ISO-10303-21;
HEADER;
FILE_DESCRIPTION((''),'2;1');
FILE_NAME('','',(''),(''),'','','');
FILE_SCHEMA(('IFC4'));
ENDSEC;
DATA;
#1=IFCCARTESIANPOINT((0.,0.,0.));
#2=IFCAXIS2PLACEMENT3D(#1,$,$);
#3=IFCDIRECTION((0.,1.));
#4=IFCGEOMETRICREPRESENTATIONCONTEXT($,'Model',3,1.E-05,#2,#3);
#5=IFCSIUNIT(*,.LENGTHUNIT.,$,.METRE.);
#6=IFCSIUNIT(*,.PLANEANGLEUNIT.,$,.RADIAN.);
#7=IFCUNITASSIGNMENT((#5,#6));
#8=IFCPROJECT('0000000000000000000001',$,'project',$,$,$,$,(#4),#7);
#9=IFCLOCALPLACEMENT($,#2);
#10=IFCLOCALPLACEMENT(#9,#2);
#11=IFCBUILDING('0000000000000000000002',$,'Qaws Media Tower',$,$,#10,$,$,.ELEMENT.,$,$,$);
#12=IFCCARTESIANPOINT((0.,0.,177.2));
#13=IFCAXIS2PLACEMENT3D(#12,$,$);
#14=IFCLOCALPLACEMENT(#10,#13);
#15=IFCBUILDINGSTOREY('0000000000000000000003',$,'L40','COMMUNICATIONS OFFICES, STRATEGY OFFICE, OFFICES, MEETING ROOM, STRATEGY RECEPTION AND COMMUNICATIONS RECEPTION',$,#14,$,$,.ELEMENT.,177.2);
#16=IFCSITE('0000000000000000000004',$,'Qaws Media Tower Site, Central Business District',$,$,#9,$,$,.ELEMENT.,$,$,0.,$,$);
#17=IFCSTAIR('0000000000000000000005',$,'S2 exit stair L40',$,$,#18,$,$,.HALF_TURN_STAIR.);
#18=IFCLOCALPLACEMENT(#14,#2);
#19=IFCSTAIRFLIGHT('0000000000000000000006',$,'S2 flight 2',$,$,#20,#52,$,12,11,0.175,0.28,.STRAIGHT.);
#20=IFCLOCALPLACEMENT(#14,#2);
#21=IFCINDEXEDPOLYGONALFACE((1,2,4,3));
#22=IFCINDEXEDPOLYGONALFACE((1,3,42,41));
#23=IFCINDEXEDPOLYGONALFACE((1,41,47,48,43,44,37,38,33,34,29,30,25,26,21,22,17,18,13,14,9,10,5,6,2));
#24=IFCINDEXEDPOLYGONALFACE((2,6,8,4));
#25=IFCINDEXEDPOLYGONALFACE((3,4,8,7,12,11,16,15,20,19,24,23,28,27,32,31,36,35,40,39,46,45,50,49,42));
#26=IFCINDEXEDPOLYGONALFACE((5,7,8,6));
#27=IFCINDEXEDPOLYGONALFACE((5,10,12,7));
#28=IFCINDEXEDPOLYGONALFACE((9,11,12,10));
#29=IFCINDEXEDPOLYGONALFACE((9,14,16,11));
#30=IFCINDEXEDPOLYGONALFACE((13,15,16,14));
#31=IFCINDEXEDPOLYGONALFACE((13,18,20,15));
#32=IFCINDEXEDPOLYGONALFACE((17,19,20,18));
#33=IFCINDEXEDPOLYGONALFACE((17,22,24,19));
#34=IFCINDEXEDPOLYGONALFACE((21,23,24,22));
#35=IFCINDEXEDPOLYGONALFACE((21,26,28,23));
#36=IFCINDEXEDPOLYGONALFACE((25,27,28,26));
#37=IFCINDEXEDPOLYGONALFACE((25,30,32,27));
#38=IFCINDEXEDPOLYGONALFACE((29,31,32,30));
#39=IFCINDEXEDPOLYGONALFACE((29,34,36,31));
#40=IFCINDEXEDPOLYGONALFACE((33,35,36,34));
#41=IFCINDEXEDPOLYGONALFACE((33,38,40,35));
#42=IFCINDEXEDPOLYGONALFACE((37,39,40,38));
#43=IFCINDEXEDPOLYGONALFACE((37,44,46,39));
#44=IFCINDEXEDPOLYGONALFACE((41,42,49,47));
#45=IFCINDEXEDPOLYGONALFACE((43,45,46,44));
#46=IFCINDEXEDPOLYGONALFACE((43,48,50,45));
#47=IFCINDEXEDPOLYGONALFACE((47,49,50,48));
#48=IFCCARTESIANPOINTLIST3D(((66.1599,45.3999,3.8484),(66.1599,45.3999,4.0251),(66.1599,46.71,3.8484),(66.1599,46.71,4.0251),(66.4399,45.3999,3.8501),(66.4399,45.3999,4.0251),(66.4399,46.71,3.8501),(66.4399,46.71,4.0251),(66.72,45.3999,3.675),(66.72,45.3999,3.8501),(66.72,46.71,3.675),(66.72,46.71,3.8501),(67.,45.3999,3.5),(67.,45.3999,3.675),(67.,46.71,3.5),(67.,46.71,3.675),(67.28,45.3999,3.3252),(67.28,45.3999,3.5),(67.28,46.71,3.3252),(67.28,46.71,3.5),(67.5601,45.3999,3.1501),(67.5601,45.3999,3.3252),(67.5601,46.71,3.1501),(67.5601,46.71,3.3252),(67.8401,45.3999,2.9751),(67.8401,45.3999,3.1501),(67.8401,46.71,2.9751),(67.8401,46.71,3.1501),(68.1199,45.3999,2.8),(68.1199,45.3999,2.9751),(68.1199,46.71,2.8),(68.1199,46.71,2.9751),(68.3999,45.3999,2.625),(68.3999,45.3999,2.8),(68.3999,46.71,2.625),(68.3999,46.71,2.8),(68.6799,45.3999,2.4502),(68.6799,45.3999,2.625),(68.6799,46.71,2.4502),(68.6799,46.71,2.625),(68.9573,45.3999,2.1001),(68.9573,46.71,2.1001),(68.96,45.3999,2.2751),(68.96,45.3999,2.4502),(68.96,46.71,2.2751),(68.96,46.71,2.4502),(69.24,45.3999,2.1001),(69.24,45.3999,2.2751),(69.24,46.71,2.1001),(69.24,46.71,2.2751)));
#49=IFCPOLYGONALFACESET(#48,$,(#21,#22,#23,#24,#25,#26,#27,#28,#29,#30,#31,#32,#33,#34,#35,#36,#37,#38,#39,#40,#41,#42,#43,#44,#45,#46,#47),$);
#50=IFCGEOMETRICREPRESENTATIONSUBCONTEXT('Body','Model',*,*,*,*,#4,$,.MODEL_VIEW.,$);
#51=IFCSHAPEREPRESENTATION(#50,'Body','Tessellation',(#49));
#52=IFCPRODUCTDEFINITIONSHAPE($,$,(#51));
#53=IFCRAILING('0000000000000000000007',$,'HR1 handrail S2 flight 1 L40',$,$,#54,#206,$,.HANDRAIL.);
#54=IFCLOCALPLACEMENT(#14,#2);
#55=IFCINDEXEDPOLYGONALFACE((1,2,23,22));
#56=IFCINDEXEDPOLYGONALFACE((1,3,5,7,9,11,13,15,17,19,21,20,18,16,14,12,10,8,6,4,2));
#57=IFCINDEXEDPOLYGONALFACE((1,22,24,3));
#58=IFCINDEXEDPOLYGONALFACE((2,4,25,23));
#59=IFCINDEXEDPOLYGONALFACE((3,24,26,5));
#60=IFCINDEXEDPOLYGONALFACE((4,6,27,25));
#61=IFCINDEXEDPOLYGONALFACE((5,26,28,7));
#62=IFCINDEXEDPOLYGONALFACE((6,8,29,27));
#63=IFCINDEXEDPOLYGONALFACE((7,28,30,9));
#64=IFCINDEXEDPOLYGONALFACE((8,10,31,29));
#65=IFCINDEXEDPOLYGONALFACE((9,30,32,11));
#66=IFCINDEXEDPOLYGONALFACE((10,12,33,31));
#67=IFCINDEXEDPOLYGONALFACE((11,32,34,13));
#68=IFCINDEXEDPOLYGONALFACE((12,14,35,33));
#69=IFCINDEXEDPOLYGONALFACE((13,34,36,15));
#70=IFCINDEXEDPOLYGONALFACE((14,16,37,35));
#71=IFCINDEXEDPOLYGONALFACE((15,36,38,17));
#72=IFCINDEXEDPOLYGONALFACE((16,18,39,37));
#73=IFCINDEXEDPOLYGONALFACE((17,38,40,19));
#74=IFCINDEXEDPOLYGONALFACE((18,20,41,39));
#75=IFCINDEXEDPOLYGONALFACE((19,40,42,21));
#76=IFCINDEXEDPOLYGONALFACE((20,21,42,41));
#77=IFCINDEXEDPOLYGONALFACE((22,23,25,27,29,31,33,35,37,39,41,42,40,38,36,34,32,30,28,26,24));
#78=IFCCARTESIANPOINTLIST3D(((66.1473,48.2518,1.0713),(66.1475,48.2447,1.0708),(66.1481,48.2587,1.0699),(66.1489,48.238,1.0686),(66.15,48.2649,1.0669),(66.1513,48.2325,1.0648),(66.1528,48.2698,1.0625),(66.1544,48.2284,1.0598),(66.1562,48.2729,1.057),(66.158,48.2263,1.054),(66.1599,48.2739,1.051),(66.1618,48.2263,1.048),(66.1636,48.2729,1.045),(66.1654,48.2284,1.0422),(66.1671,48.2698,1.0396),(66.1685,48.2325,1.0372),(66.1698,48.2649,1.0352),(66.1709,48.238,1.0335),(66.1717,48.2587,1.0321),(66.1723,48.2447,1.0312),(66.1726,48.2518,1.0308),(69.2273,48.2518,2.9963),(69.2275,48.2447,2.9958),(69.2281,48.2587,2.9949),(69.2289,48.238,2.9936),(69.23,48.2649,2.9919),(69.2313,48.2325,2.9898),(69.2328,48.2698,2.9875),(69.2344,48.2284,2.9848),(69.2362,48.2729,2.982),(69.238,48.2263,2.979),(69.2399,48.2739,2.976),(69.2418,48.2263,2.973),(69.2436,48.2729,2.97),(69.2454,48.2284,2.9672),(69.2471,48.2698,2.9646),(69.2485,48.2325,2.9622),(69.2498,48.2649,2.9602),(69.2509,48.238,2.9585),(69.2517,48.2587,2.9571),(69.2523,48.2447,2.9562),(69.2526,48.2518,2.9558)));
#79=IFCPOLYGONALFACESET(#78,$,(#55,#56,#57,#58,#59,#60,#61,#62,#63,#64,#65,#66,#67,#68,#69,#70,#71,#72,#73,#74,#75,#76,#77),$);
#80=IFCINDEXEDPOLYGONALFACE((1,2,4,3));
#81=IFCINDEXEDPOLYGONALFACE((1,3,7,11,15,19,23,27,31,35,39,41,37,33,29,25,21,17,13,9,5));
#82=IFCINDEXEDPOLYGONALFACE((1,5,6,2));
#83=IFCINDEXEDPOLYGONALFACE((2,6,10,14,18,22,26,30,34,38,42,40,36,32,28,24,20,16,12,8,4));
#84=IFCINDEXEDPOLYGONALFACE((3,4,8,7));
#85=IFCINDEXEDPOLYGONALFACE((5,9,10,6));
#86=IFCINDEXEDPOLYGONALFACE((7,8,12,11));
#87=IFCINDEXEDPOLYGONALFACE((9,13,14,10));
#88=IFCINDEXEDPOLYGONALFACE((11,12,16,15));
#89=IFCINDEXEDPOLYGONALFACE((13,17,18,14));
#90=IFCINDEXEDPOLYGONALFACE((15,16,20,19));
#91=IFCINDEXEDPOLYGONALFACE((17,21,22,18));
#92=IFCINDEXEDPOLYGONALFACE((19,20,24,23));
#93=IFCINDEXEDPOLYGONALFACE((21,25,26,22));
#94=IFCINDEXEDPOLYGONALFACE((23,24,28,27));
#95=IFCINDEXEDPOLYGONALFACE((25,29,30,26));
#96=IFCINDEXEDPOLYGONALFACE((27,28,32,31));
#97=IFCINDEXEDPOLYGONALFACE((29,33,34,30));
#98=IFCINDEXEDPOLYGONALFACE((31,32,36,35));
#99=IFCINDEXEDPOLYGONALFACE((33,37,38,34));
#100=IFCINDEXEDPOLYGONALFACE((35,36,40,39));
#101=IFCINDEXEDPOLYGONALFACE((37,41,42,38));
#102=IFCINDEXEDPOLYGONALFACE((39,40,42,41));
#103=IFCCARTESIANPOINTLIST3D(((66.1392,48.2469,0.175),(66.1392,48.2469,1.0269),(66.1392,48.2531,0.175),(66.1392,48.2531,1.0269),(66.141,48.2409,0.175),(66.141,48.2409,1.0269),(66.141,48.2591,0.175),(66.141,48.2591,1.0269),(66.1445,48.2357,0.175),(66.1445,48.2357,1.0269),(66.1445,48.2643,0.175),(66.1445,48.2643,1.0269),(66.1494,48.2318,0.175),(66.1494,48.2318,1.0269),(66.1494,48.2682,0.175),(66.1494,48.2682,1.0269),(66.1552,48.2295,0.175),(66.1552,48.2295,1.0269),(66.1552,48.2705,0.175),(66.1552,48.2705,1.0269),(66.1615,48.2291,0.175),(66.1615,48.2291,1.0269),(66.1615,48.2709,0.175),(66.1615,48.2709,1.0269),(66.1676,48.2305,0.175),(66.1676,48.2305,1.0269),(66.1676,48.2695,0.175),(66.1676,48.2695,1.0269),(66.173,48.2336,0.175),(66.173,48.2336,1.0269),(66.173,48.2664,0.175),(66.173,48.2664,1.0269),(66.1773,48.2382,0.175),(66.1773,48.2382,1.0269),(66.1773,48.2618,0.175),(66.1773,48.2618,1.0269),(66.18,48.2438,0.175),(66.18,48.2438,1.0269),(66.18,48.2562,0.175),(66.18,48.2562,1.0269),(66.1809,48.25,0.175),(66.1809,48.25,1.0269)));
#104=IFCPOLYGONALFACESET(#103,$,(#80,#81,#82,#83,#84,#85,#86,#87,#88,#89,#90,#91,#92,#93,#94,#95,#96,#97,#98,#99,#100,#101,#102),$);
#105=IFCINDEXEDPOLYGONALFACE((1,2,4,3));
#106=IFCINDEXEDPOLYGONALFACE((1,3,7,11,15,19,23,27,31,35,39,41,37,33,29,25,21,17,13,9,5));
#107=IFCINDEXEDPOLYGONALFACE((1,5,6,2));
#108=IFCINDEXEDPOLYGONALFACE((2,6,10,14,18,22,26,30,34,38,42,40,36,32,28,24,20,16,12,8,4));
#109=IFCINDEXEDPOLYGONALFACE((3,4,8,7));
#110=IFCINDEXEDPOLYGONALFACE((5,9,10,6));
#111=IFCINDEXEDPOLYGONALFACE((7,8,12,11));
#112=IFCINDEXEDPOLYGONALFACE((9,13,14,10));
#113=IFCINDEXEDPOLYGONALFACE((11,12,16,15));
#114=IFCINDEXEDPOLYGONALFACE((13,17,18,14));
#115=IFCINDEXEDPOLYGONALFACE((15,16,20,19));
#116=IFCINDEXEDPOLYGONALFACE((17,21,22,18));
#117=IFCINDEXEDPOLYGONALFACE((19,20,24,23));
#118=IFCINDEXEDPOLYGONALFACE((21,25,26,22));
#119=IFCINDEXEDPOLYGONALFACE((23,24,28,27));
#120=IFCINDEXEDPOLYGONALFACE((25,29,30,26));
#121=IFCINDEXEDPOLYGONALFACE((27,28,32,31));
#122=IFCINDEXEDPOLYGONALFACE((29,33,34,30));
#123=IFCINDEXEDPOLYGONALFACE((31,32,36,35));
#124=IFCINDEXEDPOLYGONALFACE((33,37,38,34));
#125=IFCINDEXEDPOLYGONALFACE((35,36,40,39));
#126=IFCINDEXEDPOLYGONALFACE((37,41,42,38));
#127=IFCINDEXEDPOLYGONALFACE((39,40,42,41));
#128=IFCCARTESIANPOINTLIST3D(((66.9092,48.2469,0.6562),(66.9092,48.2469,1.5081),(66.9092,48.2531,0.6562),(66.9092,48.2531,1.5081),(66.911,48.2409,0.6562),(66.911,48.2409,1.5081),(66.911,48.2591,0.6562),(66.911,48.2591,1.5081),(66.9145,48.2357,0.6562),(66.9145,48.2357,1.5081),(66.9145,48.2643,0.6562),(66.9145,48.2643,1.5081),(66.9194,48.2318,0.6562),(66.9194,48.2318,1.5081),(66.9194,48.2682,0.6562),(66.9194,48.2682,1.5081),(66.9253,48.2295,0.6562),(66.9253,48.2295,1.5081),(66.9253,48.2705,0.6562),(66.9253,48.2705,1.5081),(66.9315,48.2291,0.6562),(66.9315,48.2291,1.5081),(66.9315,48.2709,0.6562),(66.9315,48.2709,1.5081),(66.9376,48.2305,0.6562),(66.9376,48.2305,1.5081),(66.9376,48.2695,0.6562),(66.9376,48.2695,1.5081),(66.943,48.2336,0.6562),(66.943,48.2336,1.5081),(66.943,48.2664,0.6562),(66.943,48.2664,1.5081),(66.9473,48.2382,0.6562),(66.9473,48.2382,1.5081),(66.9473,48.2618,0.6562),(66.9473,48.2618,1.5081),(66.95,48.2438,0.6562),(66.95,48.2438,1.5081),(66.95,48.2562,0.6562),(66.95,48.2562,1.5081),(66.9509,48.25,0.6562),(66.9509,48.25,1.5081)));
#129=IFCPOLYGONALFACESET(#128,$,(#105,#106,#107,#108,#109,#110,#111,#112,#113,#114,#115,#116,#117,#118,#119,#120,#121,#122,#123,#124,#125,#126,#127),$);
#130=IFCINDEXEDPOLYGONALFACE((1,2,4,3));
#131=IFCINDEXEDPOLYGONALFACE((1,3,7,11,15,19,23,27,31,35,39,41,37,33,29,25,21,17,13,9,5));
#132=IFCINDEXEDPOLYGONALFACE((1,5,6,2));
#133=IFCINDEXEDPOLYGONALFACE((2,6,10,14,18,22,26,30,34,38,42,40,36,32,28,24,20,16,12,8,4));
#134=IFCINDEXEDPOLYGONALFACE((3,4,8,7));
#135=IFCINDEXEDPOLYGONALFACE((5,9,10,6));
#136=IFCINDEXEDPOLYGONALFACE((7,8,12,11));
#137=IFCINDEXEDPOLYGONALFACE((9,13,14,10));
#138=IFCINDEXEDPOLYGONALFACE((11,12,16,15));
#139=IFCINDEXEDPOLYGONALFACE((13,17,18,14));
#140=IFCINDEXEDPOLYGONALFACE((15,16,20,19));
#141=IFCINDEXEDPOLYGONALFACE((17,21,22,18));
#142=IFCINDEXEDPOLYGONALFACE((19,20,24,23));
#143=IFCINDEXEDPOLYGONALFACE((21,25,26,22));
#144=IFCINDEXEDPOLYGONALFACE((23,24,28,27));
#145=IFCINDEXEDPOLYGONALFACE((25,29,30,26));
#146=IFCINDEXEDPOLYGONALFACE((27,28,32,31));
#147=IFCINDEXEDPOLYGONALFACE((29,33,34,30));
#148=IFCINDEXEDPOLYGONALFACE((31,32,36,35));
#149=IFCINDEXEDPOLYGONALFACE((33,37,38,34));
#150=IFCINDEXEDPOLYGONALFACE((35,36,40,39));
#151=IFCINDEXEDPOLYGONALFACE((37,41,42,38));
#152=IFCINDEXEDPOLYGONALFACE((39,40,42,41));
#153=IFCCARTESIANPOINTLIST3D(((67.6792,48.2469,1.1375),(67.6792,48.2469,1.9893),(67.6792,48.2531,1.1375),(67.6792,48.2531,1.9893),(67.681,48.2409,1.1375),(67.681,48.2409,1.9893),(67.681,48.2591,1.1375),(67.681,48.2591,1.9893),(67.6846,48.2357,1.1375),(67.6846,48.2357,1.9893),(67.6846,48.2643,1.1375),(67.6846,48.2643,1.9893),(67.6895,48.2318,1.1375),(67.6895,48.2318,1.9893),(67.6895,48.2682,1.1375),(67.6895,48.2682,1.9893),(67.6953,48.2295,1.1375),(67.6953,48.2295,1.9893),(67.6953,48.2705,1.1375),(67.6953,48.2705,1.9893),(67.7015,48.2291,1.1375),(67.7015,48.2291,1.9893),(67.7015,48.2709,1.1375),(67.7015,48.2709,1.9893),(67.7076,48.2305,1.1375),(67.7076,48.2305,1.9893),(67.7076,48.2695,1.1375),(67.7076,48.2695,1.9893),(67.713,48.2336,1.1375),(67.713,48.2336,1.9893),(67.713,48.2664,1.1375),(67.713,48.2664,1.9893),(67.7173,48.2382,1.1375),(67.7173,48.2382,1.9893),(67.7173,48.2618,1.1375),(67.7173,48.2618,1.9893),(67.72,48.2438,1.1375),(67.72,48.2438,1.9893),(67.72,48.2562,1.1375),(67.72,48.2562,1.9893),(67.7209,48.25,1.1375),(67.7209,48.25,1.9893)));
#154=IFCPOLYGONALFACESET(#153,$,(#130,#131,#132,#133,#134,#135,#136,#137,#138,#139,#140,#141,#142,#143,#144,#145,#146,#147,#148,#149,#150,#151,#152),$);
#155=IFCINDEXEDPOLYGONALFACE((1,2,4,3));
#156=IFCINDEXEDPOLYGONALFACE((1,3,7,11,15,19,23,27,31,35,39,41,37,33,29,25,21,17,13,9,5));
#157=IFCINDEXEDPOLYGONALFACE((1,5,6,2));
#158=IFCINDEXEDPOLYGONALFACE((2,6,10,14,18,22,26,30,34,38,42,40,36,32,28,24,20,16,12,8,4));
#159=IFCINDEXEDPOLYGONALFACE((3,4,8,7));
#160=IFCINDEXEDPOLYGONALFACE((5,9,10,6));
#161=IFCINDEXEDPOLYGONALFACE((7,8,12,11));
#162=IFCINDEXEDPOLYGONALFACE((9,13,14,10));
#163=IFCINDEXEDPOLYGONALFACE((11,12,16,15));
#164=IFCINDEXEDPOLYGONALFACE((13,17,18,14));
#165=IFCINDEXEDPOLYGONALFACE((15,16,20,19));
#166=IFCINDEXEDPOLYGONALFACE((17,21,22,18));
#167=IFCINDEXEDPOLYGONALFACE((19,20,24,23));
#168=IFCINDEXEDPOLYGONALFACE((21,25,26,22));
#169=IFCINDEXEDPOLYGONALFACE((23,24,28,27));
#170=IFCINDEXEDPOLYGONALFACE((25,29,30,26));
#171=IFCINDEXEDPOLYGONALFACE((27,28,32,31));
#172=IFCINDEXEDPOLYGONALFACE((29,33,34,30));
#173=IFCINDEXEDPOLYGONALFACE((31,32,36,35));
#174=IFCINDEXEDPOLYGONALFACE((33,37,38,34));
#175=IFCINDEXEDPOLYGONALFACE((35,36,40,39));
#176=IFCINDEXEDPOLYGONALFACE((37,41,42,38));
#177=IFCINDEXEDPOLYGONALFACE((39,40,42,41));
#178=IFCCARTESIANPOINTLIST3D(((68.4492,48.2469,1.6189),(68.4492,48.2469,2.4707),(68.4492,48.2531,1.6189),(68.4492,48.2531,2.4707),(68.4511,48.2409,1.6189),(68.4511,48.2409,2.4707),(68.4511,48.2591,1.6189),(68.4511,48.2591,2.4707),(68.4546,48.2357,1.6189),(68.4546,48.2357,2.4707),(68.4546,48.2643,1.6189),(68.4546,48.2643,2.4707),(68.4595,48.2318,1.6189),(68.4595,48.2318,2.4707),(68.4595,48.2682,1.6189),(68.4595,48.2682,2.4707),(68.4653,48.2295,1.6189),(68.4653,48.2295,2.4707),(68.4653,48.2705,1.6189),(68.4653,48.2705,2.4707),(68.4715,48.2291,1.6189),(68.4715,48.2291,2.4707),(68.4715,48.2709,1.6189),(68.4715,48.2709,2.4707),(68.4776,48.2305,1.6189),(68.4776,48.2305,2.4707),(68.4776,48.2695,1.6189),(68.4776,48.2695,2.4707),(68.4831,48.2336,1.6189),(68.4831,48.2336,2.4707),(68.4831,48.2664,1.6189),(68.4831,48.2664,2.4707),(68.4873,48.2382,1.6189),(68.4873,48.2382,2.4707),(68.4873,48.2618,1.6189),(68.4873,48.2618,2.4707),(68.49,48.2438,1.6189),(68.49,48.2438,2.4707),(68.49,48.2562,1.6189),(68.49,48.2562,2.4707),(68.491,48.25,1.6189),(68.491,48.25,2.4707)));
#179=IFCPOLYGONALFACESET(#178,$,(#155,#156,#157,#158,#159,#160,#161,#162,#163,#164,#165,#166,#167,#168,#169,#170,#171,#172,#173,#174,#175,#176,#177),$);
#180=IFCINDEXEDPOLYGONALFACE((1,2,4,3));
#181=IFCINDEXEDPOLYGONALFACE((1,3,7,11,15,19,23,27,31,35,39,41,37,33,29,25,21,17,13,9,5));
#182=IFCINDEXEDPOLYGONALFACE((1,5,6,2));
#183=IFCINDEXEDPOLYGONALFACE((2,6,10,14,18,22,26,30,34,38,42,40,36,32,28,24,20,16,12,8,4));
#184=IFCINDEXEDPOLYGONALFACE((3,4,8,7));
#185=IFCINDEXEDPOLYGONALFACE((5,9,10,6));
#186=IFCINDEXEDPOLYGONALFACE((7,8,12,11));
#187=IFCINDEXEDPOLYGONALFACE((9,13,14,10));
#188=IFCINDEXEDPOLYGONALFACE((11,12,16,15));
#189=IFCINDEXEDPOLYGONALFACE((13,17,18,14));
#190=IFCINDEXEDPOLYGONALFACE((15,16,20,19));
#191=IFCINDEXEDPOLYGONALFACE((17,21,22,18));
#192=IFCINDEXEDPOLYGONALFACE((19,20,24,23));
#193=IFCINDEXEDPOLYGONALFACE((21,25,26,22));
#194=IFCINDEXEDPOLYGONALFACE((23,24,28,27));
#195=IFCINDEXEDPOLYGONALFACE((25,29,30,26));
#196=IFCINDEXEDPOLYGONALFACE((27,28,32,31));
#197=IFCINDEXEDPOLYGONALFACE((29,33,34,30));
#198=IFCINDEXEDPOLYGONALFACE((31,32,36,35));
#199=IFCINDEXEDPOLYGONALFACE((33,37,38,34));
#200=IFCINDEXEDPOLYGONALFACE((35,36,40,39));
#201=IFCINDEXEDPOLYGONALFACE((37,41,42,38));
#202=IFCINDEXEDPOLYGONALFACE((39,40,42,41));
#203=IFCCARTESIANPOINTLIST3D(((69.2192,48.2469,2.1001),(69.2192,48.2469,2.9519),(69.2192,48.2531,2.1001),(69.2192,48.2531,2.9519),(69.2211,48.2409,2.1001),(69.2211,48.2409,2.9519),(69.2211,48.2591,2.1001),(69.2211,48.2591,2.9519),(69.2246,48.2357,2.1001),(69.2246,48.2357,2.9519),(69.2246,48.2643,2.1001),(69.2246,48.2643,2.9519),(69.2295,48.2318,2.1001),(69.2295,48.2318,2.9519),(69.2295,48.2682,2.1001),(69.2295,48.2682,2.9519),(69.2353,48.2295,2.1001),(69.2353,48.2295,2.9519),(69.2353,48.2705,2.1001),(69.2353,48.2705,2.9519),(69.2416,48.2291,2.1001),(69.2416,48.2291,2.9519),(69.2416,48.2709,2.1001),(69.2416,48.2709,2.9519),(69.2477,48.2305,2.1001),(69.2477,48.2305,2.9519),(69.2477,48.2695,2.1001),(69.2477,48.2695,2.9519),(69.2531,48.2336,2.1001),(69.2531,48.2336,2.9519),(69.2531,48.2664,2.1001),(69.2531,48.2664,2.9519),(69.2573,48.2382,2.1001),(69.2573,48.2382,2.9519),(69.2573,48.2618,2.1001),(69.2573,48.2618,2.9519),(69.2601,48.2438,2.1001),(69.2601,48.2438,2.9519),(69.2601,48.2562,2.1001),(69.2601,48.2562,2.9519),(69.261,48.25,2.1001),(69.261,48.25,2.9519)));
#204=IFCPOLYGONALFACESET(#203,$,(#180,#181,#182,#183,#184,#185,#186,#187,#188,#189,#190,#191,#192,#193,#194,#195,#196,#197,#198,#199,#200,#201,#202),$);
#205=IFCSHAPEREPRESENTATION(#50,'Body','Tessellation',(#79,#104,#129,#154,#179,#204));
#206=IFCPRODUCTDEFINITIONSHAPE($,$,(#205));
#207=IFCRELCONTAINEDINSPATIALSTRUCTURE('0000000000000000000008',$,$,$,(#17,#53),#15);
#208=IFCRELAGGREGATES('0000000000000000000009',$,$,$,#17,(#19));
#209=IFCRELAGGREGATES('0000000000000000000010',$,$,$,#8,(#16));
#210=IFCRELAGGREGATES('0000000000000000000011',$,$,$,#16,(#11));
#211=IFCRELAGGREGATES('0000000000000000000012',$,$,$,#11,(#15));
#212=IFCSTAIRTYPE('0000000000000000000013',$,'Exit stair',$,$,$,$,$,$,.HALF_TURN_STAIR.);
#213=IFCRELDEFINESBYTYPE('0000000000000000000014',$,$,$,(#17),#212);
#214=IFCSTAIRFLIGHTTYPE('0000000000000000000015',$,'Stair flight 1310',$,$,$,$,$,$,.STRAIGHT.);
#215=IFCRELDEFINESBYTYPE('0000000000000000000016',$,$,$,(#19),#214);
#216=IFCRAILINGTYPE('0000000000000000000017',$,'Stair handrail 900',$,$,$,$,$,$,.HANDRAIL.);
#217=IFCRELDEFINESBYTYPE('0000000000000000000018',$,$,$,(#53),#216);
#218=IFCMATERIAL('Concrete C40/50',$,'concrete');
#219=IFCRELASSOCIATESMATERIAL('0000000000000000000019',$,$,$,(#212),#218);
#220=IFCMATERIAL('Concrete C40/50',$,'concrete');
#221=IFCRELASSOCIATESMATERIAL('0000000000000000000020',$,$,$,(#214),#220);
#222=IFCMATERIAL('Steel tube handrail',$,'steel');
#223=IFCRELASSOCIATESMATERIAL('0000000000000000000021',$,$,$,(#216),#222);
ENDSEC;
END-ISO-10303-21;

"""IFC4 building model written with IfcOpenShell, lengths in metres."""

from ifc_helpers import new_model, si_unit, direction, frame, origin, origin_2d, place, context, subcontext, project, spatial, polyline, circle, outline, extrude, material, type_object, element, aggregate, save


model = new_model("IFC4")

# Units and contexts
model_context = context("Model", 3, precision=1e-05, world=origin(), true_north=direction((0.0, 1.0)))
body_context = subcontext(model_context, "Body", "Model", "MODEL_VIEW")
ifc_project = project(units=[si_unit("LENGTHUNIT", "METRE"), si_unit("PLANEANGLEUNIT", "RADIAN")], contexts=[model_context])

# Site, building, storey
site_placement = place(None, origin())
site = spatial("IfcSite", under=ifc_project, at=site_placement, Name="Qaws Media Tower Site, Central Business District", CompositionType="ELEMENT", RefElevation=0.0)
building_placement = place(site_placement, origin())
building = spatial("IfcBuilding", under=site, at=building_placement, Name="Qaws Media Tower", CompositionType="ELEMENT")
storey_placement = place(building_placement, frame((0.0, 0.0, 177.2)))
storey = spatial("IfcBuildingStorey", under=building, at=storey_placement, Name="L40", Description="COMMUNICATIONS OFFICES, STRATEGY OFFICE, OFFICES, MEETING ROOM, STRATEGY RECEPTION AND COMMUNICATIONS RECEPTION", CompositionType="ELEMENT", Elevation=177.2)

# Stair, stair flight
ifc_material_1 = material(Name="Concrete C40/50", Category="concrete")
stair_type = type_object("IfcStairType", Name="Exit stair", PredefinedType="HALF_TURN_STAIR", material=ifc_material_1)
stair_placement = place(storey_placement, origin())
stair = element("IfcStair", 1, at=stair_placement, inside=storey, type_object=stair_type, Name="S2 exit stair L40", PredefinedType="HALF_TURN_STAIR")
ifc_material_2 = material(Name="Concrete C40/50", Category="concrete")
stair_flight_type = type_object("IfcStairFlightType", Name="Stair flight 1310", PredefinedType="STRAIGHT", material=ifc_material_2)
stair_flight_1_placement = place(storey_placement, frame((69.24, 46.0549, 2.1001), z_axis=(0.0, 0.0, 1.0), x_axis=(-1.0, 0.0, 0.0)))
stair_flight_1 = element("IfcStairFlight", 2, at=stair_flight_1_placement, type_object=stair_flight_type, Name="S2 flight 2", NumberOfRisers=12, NumberOfTreads=11, PredefinedType="STRAIGHT", RiserHeight=0.175, TreadLength=0.28, context=body_context, shape_type="SweptSolid", body=[
    extrude(outline(polyline([(0.0, 0.0), (0.0, 0.175), (0.28, 0.175), (0.28, 0.3501), (0.5601, 0.3501), (0.5601, 0.5249), (0.8401, 0.5249), (0.8401, 0.7), (1.1201, 0.7), (1.1201, 0.875), (1.3999, 0.875), (1.3999, 1.05), (1.6799, 1.05), (1.6799, 1.2251), (1.96, 1.2251), (1.96, 1.3999), (2.24, 1.3999), (2.24, 1.575), (2.52, 1.575), (2.52, 1.75), (2.8, 1.75), (2.8, 1.925), (3.0801, 1.925), (3.0801, 2.1001), (3.0801, 1.7483), (0.2827, 0.0), (0.0, 0.0)])), frame((0.0, 0.655, 0.0), z_axis=(0.0, -1.0, 0.0), x_axis=(1.0, 0.0, 0.0)), (0.0, 0.0, 1.0), 1.3101),
])
aggregate(stair, [stair_flight_1])

# Railing
ifc_material_3 = material(Name="Steel tube handrail", Category="steel")
railing_type = type_object("IfcRailingType", Name="Stair handrail 900", PredefinedType="HANDRAIL", material=ifc_material_3)
for number, where, name in (
    (3, (66.1599, 48.25, 0.175), "HR1 handrail S2 flight 1 L40"),
):
    element("IfcRailing", number, at=place(storey_placement, frame(where)), inside=storey, type_object=railing_type, Name=name, PredefinedType="HANDRAIL", context=body_context, shape_type="SweptSolid", body=[
        extrude(circle(Radius=0.0239, at=origin_2d()), frame((0.0, 0.0, 0.876), z_axis=(0.847998, 0.0, 0.529999), x_axis=(0.0, 1.0, 0.0)), (0.0, 0.0, 1.0), 3.6321),
        extrude(circle(Radius=0.021, at=origin_2d()), origin(), (0.0, 0.0, 1.0), 0.8518),
        extrude(circle(Radius=0.021, at=origin_2d()), frame((0.77, 0.0, 0.4812)), (0.0, 0.0, 1.0), 0.8518),
        extrude(circle(Radius=0.021, at=origin_2d()), frame((1.54, 0.0, 0.9624)), (0.0, 0.0, 1.0), 0.8518),
        extrude(circle(Radius=0.021, at=origin_2d()), frame((2.3101, 0.0, 1.4438)), (0.0, 0.0, 1.0), 0.8518),
        extrude(circle(Radius=0.021, at=origin_2d()), frame((3.0801, 0.0, 1.925)), (0.0, 0.0, 1.0), 0.8518),
    ])

save(model, "model.ifc")
